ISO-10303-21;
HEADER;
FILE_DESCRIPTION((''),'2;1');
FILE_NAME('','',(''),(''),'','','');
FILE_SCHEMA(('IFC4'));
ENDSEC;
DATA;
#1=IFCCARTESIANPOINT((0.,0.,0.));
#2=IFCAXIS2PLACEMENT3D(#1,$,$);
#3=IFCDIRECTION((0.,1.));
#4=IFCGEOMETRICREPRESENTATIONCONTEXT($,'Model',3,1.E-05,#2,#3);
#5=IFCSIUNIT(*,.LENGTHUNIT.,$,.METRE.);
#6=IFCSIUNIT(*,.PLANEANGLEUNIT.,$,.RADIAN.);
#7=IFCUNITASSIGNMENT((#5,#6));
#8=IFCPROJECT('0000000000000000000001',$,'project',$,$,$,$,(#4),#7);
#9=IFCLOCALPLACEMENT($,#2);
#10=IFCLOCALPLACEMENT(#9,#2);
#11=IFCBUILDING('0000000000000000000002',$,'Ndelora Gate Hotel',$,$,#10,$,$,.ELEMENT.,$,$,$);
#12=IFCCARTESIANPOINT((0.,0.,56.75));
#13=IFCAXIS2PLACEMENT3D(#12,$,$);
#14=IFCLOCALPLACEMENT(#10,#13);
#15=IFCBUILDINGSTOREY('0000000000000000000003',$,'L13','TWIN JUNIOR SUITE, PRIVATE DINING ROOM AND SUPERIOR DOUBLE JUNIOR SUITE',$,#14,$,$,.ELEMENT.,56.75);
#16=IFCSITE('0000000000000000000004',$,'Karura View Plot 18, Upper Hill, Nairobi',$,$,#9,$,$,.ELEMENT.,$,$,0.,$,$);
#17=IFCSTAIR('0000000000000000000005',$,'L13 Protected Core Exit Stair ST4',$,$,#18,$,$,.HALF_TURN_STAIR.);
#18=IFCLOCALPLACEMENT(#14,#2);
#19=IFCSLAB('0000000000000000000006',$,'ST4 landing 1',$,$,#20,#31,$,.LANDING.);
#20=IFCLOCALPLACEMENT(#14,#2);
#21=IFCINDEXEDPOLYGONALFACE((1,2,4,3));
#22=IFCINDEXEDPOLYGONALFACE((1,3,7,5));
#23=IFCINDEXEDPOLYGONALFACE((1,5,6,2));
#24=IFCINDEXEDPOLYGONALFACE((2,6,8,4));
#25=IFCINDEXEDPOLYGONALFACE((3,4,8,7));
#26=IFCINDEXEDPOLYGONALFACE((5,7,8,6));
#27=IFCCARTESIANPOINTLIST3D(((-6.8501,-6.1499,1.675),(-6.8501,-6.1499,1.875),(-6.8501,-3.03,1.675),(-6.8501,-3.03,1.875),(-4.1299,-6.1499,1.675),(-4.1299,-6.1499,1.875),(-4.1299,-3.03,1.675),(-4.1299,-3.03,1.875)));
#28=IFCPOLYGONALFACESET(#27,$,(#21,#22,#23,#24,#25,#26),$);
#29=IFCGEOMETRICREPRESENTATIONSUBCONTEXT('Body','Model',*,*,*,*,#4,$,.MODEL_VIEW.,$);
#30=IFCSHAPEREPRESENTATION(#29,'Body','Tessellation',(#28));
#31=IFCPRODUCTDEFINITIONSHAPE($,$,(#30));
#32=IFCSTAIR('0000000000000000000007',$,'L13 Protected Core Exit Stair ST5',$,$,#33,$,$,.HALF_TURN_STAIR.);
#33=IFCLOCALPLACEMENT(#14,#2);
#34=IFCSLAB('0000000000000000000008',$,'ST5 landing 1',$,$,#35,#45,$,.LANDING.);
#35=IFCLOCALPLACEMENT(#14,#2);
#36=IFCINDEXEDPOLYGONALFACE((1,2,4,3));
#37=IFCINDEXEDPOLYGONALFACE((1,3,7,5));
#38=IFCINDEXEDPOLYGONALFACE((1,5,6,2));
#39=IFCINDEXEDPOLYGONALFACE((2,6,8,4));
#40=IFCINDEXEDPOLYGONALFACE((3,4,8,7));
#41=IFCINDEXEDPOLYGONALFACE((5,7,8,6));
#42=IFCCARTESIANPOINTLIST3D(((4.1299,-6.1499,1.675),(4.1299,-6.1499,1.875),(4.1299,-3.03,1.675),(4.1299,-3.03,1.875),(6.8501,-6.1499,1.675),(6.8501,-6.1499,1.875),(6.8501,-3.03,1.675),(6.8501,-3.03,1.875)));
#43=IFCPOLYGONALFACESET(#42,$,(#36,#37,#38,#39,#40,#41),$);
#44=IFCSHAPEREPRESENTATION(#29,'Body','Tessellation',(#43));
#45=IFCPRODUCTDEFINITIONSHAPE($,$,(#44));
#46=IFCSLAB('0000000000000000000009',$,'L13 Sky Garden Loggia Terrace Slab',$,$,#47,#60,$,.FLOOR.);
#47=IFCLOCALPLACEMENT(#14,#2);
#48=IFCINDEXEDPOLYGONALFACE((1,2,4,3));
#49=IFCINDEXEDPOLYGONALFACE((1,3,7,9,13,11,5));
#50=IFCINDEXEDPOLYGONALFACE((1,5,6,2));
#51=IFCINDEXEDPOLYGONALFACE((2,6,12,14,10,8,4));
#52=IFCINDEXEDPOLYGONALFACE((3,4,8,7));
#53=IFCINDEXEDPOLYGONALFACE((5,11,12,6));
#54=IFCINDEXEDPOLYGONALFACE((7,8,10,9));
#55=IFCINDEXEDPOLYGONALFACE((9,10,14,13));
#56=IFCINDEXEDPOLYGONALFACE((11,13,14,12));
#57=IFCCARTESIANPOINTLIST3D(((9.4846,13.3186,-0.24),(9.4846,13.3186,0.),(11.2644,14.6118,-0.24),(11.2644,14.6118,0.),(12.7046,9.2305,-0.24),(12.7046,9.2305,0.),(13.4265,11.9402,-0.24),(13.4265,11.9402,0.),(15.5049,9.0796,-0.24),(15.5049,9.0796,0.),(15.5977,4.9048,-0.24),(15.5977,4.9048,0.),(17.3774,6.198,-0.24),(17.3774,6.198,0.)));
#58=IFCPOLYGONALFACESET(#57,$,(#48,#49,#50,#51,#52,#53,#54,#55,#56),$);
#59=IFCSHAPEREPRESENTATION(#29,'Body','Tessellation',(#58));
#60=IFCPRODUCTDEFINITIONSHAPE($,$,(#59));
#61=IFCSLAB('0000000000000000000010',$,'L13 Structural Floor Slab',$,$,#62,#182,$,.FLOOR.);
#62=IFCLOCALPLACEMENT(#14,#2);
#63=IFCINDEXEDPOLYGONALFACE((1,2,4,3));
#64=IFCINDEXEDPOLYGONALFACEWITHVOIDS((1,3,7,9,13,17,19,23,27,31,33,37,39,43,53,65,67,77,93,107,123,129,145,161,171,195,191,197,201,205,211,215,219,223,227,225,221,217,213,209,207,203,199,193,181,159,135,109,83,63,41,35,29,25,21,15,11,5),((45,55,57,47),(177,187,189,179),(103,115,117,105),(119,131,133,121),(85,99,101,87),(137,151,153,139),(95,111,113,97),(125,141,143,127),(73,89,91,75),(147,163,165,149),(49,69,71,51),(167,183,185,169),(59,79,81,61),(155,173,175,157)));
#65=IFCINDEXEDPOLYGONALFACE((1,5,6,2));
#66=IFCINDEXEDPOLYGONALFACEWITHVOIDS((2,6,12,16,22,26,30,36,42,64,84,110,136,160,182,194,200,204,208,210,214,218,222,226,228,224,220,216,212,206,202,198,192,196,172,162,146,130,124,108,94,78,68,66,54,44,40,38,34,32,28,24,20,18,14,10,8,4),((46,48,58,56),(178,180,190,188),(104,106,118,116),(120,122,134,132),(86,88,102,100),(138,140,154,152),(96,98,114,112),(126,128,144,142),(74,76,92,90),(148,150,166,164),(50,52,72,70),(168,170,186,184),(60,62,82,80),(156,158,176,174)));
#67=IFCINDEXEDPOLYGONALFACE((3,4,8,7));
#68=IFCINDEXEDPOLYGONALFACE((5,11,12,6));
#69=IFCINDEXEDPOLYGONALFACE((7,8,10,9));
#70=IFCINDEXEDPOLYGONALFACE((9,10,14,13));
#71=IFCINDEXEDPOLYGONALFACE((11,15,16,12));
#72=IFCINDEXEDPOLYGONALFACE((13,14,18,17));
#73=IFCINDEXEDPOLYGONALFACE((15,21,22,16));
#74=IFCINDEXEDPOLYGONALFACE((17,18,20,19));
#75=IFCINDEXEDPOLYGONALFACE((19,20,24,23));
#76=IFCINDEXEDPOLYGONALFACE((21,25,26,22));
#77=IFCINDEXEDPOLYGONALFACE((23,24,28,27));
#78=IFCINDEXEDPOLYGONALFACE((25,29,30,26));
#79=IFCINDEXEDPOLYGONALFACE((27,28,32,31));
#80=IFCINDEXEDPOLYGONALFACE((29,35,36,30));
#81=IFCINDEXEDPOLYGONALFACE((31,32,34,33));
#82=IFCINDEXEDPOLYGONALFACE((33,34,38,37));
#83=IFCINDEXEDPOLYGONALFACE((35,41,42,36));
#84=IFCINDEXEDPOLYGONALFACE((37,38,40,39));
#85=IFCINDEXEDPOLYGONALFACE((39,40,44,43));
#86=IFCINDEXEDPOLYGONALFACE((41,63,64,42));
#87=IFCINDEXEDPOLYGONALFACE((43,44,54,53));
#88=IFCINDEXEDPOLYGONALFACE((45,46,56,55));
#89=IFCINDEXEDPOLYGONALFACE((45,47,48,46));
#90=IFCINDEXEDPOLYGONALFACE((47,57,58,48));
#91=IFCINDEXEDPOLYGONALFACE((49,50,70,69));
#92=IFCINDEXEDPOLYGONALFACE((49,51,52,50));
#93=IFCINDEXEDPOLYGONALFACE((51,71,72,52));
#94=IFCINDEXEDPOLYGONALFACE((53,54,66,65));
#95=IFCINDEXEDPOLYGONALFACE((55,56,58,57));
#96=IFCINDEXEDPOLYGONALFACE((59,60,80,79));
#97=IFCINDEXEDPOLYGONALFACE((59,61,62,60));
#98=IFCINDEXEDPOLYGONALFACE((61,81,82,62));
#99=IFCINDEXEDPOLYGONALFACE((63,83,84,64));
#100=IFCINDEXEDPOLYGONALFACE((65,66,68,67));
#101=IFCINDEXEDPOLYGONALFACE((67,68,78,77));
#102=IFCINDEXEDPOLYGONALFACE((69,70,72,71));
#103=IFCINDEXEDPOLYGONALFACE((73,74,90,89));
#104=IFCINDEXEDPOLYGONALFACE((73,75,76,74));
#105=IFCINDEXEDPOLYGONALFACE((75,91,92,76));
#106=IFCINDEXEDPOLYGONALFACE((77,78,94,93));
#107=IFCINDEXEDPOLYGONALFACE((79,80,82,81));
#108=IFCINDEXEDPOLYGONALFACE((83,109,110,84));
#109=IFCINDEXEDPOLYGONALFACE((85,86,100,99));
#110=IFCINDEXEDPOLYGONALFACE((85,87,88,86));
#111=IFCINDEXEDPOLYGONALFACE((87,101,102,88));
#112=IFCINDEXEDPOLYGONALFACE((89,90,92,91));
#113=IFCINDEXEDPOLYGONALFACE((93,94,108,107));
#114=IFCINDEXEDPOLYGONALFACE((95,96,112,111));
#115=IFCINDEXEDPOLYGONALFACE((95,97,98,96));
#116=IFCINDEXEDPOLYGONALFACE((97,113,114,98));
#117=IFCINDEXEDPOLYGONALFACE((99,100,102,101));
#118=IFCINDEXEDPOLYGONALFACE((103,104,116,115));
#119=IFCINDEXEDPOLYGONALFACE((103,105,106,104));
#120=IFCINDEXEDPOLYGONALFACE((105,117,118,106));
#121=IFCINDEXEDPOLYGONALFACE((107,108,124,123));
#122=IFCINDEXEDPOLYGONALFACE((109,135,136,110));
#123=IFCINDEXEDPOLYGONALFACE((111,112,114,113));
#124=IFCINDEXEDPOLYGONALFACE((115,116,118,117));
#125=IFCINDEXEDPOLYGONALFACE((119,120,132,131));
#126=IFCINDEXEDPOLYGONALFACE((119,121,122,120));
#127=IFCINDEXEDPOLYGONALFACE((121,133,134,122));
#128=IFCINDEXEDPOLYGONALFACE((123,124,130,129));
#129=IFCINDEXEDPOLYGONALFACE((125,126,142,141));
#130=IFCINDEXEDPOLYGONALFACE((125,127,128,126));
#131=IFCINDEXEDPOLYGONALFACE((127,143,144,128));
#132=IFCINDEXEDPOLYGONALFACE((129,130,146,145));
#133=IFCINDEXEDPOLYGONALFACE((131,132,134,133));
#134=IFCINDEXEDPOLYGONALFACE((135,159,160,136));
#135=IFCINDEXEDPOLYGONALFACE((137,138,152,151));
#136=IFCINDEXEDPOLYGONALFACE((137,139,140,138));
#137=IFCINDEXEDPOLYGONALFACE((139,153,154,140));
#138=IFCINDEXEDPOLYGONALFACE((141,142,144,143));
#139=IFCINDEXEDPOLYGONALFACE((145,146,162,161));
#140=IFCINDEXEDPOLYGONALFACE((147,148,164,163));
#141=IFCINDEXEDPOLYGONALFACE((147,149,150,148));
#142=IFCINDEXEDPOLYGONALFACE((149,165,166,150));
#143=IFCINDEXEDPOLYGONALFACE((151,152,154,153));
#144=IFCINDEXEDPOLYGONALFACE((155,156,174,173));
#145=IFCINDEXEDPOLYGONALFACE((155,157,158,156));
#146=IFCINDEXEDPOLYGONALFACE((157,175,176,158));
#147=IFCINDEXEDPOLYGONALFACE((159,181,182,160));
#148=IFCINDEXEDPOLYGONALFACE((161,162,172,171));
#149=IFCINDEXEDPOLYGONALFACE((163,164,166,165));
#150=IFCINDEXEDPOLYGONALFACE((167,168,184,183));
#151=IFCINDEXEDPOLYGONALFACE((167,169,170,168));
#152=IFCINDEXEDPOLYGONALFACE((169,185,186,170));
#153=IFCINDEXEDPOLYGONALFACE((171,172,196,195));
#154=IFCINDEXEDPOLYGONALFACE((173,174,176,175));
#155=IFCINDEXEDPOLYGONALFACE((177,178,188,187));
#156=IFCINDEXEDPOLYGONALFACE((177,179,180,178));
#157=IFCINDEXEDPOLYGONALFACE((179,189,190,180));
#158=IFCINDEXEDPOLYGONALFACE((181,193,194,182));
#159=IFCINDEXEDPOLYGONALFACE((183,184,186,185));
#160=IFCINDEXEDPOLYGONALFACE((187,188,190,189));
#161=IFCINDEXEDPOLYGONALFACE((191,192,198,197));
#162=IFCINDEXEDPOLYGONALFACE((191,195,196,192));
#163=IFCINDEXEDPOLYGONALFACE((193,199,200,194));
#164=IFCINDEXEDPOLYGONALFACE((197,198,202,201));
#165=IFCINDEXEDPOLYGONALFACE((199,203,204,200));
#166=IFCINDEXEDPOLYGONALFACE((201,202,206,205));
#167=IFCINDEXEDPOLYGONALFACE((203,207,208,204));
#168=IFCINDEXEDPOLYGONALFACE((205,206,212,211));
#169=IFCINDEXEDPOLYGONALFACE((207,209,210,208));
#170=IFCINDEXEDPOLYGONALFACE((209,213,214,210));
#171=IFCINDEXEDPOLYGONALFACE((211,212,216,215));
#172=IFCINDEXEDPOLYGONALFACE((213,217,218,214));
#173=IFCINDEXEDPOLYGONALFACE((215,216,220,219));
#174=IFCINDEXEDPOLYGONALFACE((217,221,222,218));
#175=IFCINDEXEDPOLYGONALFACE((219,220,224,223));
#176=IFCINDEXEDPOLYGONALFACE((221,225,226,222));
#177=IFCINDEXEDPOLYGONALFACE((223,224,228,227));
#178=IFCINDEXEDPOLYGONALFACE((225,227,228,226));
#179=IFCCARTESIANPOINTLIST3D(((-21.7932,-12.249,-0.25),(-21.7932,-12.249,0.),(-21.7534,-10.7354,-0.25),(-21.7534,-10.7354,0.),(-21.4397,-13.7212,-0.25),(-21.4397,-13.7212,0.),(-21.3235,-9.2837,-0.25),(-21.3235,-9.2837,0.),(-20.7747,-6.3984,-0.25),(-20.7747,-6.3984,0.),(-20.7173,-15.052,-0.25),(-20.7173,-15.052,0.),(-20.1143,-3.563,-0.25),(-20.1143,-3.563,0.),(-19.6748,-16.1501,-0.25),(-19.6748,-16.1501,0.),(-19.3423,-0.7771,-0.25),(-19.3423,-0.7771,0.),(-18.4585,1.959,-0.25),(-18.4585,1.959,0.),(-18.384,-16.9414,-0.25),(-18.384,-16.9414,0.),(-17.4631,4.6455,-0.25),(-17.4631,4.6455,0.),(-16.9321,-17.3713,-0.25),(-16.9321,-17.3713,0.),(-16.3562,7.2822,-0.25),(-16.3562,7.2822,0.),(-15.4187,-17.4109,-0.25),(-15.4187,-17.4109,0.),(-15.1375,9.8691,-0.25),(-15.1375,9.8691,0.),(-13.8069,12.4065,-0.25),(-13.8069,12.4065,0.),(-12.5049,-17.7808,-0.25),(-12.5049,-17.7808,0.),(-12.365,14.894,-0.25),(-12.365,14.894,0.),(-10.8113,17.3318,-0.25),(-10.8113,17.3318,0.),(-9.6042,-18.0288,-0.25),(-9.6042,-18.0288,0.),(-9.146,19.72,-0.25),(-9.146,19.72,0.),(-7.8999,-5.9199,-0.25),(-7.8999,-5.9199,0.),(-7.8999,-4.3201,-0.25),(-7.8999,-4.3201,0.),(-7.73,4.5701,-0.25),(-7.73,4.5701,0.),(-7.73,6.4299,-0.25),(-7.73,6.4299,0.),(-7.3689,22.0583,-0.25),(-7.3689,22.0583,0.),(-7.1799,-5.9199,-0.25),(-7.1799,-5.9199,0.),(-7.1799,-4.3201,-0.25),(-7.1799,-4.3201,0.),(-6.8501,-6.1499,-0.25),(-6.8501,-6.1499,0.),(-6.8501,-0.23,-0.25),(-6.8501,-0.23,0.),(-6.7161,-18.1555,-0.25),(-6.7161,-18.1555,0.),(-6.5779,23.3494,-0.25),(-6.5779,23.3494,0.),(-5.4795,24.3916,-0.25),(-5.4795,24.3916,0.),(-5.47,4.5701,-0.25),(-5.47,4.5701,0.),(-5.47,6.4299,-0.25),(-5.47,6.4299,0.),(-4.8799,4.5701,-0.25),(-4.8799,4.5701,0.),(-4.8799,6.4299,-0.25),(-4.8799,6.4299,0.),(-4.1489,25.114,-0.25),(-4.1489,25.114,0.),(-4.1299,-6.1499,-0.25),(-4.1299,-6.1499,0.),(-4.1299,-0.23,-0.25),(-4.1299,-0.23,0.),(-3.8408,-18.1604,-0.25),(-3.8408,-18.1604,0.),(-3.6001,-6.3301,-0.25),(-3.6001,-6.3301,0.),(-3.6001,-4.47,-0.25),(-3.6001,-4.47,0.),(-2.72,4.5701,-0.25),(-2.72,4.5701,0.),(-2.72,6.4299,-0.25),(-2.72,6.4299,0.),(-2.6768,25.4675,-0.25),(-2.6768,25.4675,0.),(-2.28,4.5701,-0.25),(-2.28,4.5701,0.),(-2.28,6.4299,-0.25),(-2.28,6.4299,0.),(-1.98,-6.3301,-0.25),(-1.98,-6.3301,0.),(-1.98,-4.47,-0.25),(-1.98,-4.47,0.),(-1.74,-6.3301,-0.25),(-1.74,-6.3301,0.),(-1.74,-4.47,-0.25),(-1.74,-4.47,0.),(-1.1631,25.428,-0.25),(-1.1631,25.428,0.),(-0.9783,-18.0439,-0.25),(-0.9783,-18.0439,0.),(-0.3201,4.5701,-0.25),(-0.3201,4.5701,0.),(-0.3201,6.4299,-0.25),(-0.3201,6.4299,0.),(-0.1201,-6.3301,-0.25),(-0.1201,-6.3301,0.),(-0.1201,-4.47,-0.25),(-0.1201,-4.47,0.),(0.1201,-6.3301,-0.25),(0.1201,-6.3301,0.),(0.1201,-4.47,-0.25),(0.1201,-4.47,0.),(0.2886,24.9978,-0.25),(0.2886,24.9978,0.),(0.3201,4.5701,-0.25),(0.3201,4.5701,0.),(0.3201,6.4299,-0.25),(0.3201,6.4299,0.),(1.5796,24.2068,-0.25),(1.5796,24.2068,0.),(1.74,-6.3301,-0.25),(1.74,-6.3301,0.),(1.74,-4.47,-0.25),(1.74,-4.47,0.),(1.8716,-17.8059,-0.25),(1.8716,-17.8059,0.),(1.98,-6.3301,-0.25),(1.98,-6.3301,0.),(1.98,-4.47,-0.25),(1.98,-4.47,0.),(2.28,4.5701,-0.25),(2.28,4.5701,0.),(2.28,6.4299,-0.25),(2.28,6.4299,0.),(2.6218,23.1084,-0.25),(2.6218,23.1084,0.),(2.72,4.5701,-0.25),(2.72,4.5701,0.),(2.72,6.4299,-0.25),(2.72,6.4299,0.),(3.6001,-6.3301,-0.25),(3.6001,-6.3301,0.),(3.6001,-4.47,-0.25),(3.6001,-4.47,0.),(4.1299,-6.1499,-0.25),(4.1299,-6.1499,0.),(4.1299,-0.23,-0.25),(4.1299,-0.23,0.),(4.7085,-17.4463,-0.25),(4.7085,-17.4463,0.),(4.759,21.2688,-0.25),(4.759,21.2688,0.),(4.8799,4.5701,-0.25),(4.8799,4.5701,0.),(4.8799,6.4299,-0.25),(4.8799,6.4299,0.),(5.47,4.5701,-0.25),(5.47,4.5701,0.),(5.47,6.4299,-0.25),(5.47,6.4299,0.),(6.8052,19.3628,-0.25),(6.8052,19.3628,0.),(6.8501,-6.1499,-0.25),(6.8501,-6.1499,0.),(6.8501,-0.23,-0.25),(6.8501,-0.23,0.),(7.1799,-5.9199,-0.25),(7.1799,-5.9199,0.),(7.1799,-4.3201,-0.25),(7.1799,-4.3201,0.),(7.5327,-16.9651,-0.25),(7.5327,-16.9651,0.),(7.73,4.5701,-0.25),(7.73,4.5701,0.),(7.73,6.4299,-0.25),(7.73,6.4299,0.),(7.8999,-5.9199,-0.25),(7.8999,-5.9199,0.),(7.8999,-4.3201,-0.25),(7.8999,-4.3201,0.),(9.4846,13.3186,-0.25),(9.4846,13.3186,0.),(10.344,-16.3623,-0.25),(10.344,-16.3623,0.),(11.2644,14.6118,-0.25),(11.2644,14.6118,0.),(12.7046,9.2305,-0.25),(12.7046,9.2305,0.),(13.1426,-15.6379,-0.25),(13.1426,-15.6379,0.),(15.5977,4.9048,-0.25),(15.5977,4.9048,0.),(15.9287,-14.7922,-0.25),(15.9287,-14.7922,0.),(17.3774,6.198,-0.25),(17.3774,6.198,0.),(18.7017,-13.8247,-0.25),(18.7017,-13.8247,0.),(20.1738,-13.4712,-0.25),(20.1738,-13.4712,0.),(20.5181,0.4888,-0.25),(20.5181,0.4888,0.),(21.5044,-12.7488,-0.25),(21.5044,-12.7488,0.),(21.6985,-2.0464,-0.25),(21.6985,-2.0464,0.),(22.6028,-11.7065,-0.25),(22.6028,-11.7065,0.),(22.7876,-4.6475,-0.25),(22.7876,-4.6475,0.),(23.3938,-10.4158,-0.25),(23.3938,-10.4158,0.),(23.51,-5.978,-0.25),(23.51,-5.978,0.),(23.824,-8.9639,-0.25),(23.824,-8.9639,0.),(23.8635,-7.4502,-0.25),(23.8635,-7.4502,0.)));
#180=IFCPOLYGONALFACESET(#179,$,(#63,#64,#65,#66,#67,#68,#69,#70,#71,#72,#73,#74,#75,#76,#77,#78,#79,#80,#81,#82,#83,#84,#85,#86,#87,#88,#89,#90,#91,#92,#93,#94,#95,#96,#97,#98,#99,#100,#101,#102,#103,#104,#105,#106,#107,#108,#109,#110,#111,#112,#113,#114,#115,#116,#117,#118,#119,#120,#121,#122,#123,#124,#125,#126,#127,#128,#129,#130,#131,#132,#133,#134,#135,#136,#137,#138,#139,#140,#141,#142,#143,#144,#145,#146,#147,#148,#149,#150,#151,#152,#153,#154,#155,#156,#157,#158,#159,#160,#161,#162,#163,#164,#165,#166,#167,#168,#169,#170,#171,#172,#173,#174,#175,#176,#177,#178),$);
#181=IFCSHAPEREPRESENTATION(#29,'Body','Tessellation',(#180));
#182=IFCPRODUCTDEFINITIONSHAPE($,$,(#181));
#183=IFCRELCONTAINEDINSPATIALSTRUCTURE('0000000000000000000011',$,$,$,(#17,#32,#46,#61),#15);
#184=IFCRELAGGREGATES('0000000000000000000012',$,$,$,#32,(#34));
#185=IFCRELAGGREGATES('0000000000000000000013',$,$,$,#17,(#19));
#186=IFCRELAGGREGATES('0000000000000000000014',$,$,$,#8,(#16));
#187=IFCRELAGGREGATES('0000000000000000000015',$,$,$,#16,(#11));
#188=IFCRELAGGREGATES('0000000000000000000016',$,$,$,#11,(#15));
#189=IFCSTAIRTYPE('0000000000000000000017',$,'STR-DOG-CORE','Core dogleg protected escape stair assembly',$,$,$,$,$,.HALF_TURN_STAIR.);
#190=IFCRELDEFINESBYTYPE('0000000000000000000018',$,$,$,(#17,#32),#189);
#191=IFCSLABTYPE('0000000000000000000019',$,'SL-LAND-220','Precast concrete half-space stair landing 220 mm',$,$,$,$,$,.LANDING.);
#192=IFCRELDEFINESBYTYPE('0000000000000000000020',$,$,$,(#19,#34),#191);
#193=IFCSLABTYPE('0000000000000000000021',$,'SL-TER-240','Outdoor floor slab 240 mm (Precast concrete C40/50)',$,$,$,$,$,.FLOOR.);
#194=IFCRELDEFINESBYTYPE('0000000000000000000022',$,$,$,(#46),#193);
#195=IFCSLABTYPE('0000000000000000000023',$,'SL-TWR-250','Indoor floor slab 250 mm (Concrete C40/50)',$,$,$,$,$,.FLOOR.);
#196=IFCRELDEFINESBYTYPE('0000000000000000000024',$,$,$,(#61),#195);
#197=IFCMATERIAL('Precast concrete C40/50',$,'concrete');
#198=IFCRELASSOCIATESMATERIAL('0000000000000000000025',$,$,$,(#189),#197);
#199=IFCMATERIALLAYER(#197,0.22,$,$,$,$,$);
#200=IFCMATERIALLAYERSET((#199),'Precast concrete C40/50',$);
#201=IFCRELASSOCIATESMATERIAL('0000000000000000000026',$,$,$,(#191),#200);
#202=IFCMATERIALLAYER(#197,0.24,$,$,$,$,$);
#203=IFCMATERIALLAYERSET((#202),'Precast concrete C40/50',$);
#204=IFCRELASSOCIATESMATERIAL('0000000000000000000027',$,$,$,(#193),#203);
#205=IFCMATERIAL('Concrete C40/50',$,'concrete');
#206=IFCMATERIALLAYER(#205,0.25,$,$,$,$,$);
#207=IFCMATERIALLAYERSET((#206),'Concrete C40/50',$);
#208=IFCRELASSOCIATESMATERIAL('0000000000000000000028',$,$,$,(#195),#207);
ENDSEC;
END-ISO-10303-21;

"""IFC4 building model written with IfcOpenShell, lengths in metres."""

from ifc_helpers import new_model, si_unit, direction, frame, origin, place, context, subcontext, project, spatial, polyline, outline, extrude, material, layer, layer_set, type_object, element, aggregate, save


model = new_model("IFC4")

# Units and contexts
model_context = context("Model", 3, precision=1e-05, world=origin(), true_north=direction((0.0, 1.0)))
body_context = subcontext(model_context, "Body", "Model", "MODEL_VIEW")
ifc_project = project(units=[si_unit("LENGTHUNIT", "METRE"), si_unit("PLANEANGLEUNIT", "RADIAN")], contexts=[model_context])

# Site, building, storey
site_placement = place(None, origin())
site = spatial("IfcSite", under=ifc_project, at=site_placement, Name="Karura View Plot 18, Upper Hill, Nairobi", CompositionType="ELEMENT", RefElevation=0.0)
building_placement = place(site_placement, origin())
building = spatial("IfcBuilding", under=site, at=building_placement, Name="Ndelora Gate Hotel", CompositionType="ELEMENT")
storey_placement = place(building_placement, frame((0.0, 0.0, 56.75)))
storey = spatial("IfcBuildingStorey", under=building, at=storey_placement, Name="L13", Description="TWIN JUNIOR SUITE, PRIVATE DINING ROOM AND SUPERIOR DOUBLE JUNIOR SUITE", CompositionType="ELEMENT", Elevation=56.75)

# Stairs, slabs
ifc_material_1 = material(Name="Precast concrete C40/50", Category="concrete")
stair_type = type_object("IfcStairType", Name="STR-DOG-CORE", Description="Core dogleg protected escape stair assembly", PredefinedType="HALF_TURN_STAIR", material=ifc_material_1)
stair_1_placement = place(storey_placement, origin())
stair_1 = element("IfcStair", 1, at=stair_1_placement, inside=storey, type_object=stair_type, Name="L13 Protected Core Exit Stair ST4", PredefinedType="HALF_TURN_STAIR")
ifc_layer_1 = layer(ifc_material_1, 0.22)
ifc_layer_set_1 = layer_set([ifc_layer_1], Name="Precast concrete C40/50")
slab_type_1 = type_object("IfcSlabType", Name="SL-LAND-220", Description="Precast concrete half-space stair landing 220 mm", PredefinedType="LANDING", material=ifc_layer_set_1)
slab_1_placement = place(storey_placement, frame((0.0, 0.0, 1.675)))
slab_1 = element("IfcSlab", 2, at=slab_1_placement, type_object=slab_type_1, Name="ST4 landing 1", PredefinedType="LANDING", context=body_context, shape_type="SweptSolid", body=[
    extrude(outline(polyline([(-6.8501, -3.03), (-6.8501, -6.1499), (-4.1299, -6.1499), (-4.1299, -3.03), (-6.8501, -3.03)])), origin(), (0.0, 0.0, 1.0), 0.2),
])
stair_2_placement = place(storey_placement, origin())
stair_2 = element("IfcStair", 3, at=stair_2_placement, inside=storey, type_object=stair_type, Name="L13 Protected Core Exit Stair ST5", PredefinedType="HALF_TURN_STAIR")
slab_2_placement = place(storey_placement, frame((0.0, 0.0, 1.675)))
slab_2 = element("IfcSlab", 4, at=slab_2_placement, type_object=slab_type_1, Name="ST5 landing 1", PredefinedType="LANDING", context=body_context, shape_type="SweptSolid", body=[
    extrude(outline(polyline([(4.1299, -3.03), (4.1299, -6.1499), (6.8501, -6.1499), (6.8501, -3.03), (4.1299, -3.03)])), origin(), (0.0, 0.0, 1.0), 0.2),
])
aggregate(stair_2, [slab_2])

# Slabs
ifc_layer_2 = layer(ifc_material_1, 0.24)
ifc_layer_set_2 = layer_set([ifc_layer_2], Name="Precast concrete C40/50")
slab_type_2 = type_object("IfcSlabType", Name="SL-TER-240", Description="Outdoor floor slab 240 mm (Precast concrete C40/50)", PredefinedType="FLOOR", material=ifc_layer_set_2)
slab_3_placement = place(storey_placement, frame((0.0, 0.0, -0.24)))
element("IfcSlab", 5, at=slab_3_placement, inside=storey, type_object=slab_type_2, Name="L13 Sky Garden Loggia Terrace Slab", PredefinedType="FLOOR", context=body_context, shape_type="SweptSolid", body=[
    extrude(outline(polyline([(15.5977, 4.9048), (17.3774, 6.198), (15.5049, 9.0796), (13.4265, 11.9402), (11.2644, 14.6118), (9.4846, 13.3186), (12.7046, 9.2305), (15.5977, 4.9048)])), origin(), (0.0, 0.0, 1.0), 0.24),
])
ifc_material_2 = material(Name="Concrete C40/50", Category="concrete")
ifc_layer_3 = layer(ifc_material_2, 0.25)
ifc_layer_set_3 = layer_set([ifc_layer_3], Name="Concrete C40/50")
slab_type_3 = type_object("IfcSlabType", Name="SL-TWR-250", Description="Indoor floor slab 250 mm (Concrete C40/50)", PredefinedType="FLOOR", material=ifc_layer_set_3)
slab_4_placement = place(storey_placement, frame((0.0, 0.0, -0.25)))
element("IfcSlab", 6, at=slab_4_placement, inside=storey, type_object=slab_type_3, Name="L13 Structural Floor Slab", PredefinedType="FLOOR", context=body_context, shape_type="SweptSolid", body=[
    extrude(outline(polyline([(2.6218, 23.1084), (1.5796, 24.2068), (0.2886, 24.9978), (-1.1631, 25.428), (-2.6768, 25.4675), (-4.1489, 25.114), (-5.4795, 24.3916), (-6.5779, 23.3494), (-7.3689, 22.0583), (-9.146, 19.72), (-10.8113, 17.3318), (-12.365, 14.894), (-13.8069, 12.4065), (-15.1375, 9.8691), (-16.3562, 7.2822), (-17.4631, 4.6455), (-18.4585, 1.959), (-19.3423, -0.7771), (-20.1143, -3.563), (-20.7747, -6.3984), (-21.3235, -9.2837), (-21.7534, -10.7354), (-21.7932, -12.249), (-21.4397, -13.7212), (-20.7173, -15.052), (-19.6748, -16.1501), (-18.384, -16.9414), (-16.9321, -17.3713), (-15.4187, -17.4109), (-12.5049, -17.7808), (-9.6042, -18.0288), (-6.7161, -18.1555), (-3.8408, -18.1604), (-0.9783, -18.0439), (1.8716, -17.8059), (4.7085, -17.4463), (7.5327, -16.9651), (10.344, -16.3623), (13.1426, -15.6379), (15.9287, -14.7922), (18.7017, -13.8247), (20.1738, -13.4712), (21.5044, -12.7488), (22.6028, -11.7065), (23.3938, -10.4158), (23.824, -8.9639), (23.8635, -7.4502), (23.51, -5.978), (22.7876, -4.6475), (21.6985, -2.0464), (20.5181, 0.4888), (17.3774, 6.198), (15.5977, 4.9048), (12.7046, 9.2305), (9.4846, 13.3186), (11.2644, 14.6118), (6.8052, 19.3628), (4.759, 21.2688), (2.6218, 23.1084)]), holes=[polyline([(-6.8501, -0.23), (-6.8501, -6.1499), (-4.1299, -6.1499), (-4.1299, -0.23), (-6.8501, -0.23)]), polyline([(4.1299, -0.23), (4.1299, -6.1499), (6.8501, -6.1499), (6.8501, -0.23), (4.1299, -0.23)]), polyline([(-7.73, 4.5701), (-5.47, 4.5701), (-5.47, 6.4299), (-7.73, 6.4299), (-7.73, 4.5701)]), polyline([(5.47, 4.5701), (7.73, 4.5701), (7.73, 6.4299), (5.47, 6.4299), (5.47, 4.5701)]), polyline([(-4.8799, 4.5701), (-2.72, 4.5701), (-2.72, 6.4299), (-4.8799, 6.4299), (-4.8799, 4.5701)]), polyline([(2.72, 4.5701), (4.8799, 4.5701), (4.8799, 6.4299), (2.72, 6.4299), (2.72, 4.5701)]), polyline([(-3.6001, -6.3301), (-1.98, -6.3301), (-1.98, -4.47), (-3.6001, -4.47), (-3.6001, -6.3301)]), polyline([(-1.74, -6.3301), (-0.1201, -6.3301), (-0.1201, -4.47), (-1.74, -4.47), (-1.74, -6.3301)]), polyline([(0.1201, -6.3301), (1.74, -6.3301), (1.74, -4.47), (0.1201, -4.47), (0.1201, -6.3301)]), polyline([(1.98, -6.3301), (3.6001, -6.3301), (3.6001, -4.47), (1.98, -4.47), (1.98, -6.3301)]), polyline([(-2.28, 4.5701), (-0.3201, 4.5701), (-0.3201, 6.4299), (-2.28, 6.4299), (-2.28, 4.5701)]), polyline([(0.3201, 4.5701), (2.28, 4.5701), (2.28, 6.4299), (0.3201, 6.4299), (0.3201, 4.5701)]), polyline([(-7.8999, -5.9199), (-7.1799, -5.9199), (-7.1799, -4.3201), (-7.8999, -4.3201), (-7.8999, -5.9199)]), polyline([(7.1799, -5.9199), (7.8999, -5.9199), (7.8999, -4.3201), (7.1799, -4.3201), (7.1799, -5.9199)])]), origin(), (0.0, 0.0, 1.0), 0.25),
])

aggregate(stair_1, [slab_1])

save(model, "model.ifc")
